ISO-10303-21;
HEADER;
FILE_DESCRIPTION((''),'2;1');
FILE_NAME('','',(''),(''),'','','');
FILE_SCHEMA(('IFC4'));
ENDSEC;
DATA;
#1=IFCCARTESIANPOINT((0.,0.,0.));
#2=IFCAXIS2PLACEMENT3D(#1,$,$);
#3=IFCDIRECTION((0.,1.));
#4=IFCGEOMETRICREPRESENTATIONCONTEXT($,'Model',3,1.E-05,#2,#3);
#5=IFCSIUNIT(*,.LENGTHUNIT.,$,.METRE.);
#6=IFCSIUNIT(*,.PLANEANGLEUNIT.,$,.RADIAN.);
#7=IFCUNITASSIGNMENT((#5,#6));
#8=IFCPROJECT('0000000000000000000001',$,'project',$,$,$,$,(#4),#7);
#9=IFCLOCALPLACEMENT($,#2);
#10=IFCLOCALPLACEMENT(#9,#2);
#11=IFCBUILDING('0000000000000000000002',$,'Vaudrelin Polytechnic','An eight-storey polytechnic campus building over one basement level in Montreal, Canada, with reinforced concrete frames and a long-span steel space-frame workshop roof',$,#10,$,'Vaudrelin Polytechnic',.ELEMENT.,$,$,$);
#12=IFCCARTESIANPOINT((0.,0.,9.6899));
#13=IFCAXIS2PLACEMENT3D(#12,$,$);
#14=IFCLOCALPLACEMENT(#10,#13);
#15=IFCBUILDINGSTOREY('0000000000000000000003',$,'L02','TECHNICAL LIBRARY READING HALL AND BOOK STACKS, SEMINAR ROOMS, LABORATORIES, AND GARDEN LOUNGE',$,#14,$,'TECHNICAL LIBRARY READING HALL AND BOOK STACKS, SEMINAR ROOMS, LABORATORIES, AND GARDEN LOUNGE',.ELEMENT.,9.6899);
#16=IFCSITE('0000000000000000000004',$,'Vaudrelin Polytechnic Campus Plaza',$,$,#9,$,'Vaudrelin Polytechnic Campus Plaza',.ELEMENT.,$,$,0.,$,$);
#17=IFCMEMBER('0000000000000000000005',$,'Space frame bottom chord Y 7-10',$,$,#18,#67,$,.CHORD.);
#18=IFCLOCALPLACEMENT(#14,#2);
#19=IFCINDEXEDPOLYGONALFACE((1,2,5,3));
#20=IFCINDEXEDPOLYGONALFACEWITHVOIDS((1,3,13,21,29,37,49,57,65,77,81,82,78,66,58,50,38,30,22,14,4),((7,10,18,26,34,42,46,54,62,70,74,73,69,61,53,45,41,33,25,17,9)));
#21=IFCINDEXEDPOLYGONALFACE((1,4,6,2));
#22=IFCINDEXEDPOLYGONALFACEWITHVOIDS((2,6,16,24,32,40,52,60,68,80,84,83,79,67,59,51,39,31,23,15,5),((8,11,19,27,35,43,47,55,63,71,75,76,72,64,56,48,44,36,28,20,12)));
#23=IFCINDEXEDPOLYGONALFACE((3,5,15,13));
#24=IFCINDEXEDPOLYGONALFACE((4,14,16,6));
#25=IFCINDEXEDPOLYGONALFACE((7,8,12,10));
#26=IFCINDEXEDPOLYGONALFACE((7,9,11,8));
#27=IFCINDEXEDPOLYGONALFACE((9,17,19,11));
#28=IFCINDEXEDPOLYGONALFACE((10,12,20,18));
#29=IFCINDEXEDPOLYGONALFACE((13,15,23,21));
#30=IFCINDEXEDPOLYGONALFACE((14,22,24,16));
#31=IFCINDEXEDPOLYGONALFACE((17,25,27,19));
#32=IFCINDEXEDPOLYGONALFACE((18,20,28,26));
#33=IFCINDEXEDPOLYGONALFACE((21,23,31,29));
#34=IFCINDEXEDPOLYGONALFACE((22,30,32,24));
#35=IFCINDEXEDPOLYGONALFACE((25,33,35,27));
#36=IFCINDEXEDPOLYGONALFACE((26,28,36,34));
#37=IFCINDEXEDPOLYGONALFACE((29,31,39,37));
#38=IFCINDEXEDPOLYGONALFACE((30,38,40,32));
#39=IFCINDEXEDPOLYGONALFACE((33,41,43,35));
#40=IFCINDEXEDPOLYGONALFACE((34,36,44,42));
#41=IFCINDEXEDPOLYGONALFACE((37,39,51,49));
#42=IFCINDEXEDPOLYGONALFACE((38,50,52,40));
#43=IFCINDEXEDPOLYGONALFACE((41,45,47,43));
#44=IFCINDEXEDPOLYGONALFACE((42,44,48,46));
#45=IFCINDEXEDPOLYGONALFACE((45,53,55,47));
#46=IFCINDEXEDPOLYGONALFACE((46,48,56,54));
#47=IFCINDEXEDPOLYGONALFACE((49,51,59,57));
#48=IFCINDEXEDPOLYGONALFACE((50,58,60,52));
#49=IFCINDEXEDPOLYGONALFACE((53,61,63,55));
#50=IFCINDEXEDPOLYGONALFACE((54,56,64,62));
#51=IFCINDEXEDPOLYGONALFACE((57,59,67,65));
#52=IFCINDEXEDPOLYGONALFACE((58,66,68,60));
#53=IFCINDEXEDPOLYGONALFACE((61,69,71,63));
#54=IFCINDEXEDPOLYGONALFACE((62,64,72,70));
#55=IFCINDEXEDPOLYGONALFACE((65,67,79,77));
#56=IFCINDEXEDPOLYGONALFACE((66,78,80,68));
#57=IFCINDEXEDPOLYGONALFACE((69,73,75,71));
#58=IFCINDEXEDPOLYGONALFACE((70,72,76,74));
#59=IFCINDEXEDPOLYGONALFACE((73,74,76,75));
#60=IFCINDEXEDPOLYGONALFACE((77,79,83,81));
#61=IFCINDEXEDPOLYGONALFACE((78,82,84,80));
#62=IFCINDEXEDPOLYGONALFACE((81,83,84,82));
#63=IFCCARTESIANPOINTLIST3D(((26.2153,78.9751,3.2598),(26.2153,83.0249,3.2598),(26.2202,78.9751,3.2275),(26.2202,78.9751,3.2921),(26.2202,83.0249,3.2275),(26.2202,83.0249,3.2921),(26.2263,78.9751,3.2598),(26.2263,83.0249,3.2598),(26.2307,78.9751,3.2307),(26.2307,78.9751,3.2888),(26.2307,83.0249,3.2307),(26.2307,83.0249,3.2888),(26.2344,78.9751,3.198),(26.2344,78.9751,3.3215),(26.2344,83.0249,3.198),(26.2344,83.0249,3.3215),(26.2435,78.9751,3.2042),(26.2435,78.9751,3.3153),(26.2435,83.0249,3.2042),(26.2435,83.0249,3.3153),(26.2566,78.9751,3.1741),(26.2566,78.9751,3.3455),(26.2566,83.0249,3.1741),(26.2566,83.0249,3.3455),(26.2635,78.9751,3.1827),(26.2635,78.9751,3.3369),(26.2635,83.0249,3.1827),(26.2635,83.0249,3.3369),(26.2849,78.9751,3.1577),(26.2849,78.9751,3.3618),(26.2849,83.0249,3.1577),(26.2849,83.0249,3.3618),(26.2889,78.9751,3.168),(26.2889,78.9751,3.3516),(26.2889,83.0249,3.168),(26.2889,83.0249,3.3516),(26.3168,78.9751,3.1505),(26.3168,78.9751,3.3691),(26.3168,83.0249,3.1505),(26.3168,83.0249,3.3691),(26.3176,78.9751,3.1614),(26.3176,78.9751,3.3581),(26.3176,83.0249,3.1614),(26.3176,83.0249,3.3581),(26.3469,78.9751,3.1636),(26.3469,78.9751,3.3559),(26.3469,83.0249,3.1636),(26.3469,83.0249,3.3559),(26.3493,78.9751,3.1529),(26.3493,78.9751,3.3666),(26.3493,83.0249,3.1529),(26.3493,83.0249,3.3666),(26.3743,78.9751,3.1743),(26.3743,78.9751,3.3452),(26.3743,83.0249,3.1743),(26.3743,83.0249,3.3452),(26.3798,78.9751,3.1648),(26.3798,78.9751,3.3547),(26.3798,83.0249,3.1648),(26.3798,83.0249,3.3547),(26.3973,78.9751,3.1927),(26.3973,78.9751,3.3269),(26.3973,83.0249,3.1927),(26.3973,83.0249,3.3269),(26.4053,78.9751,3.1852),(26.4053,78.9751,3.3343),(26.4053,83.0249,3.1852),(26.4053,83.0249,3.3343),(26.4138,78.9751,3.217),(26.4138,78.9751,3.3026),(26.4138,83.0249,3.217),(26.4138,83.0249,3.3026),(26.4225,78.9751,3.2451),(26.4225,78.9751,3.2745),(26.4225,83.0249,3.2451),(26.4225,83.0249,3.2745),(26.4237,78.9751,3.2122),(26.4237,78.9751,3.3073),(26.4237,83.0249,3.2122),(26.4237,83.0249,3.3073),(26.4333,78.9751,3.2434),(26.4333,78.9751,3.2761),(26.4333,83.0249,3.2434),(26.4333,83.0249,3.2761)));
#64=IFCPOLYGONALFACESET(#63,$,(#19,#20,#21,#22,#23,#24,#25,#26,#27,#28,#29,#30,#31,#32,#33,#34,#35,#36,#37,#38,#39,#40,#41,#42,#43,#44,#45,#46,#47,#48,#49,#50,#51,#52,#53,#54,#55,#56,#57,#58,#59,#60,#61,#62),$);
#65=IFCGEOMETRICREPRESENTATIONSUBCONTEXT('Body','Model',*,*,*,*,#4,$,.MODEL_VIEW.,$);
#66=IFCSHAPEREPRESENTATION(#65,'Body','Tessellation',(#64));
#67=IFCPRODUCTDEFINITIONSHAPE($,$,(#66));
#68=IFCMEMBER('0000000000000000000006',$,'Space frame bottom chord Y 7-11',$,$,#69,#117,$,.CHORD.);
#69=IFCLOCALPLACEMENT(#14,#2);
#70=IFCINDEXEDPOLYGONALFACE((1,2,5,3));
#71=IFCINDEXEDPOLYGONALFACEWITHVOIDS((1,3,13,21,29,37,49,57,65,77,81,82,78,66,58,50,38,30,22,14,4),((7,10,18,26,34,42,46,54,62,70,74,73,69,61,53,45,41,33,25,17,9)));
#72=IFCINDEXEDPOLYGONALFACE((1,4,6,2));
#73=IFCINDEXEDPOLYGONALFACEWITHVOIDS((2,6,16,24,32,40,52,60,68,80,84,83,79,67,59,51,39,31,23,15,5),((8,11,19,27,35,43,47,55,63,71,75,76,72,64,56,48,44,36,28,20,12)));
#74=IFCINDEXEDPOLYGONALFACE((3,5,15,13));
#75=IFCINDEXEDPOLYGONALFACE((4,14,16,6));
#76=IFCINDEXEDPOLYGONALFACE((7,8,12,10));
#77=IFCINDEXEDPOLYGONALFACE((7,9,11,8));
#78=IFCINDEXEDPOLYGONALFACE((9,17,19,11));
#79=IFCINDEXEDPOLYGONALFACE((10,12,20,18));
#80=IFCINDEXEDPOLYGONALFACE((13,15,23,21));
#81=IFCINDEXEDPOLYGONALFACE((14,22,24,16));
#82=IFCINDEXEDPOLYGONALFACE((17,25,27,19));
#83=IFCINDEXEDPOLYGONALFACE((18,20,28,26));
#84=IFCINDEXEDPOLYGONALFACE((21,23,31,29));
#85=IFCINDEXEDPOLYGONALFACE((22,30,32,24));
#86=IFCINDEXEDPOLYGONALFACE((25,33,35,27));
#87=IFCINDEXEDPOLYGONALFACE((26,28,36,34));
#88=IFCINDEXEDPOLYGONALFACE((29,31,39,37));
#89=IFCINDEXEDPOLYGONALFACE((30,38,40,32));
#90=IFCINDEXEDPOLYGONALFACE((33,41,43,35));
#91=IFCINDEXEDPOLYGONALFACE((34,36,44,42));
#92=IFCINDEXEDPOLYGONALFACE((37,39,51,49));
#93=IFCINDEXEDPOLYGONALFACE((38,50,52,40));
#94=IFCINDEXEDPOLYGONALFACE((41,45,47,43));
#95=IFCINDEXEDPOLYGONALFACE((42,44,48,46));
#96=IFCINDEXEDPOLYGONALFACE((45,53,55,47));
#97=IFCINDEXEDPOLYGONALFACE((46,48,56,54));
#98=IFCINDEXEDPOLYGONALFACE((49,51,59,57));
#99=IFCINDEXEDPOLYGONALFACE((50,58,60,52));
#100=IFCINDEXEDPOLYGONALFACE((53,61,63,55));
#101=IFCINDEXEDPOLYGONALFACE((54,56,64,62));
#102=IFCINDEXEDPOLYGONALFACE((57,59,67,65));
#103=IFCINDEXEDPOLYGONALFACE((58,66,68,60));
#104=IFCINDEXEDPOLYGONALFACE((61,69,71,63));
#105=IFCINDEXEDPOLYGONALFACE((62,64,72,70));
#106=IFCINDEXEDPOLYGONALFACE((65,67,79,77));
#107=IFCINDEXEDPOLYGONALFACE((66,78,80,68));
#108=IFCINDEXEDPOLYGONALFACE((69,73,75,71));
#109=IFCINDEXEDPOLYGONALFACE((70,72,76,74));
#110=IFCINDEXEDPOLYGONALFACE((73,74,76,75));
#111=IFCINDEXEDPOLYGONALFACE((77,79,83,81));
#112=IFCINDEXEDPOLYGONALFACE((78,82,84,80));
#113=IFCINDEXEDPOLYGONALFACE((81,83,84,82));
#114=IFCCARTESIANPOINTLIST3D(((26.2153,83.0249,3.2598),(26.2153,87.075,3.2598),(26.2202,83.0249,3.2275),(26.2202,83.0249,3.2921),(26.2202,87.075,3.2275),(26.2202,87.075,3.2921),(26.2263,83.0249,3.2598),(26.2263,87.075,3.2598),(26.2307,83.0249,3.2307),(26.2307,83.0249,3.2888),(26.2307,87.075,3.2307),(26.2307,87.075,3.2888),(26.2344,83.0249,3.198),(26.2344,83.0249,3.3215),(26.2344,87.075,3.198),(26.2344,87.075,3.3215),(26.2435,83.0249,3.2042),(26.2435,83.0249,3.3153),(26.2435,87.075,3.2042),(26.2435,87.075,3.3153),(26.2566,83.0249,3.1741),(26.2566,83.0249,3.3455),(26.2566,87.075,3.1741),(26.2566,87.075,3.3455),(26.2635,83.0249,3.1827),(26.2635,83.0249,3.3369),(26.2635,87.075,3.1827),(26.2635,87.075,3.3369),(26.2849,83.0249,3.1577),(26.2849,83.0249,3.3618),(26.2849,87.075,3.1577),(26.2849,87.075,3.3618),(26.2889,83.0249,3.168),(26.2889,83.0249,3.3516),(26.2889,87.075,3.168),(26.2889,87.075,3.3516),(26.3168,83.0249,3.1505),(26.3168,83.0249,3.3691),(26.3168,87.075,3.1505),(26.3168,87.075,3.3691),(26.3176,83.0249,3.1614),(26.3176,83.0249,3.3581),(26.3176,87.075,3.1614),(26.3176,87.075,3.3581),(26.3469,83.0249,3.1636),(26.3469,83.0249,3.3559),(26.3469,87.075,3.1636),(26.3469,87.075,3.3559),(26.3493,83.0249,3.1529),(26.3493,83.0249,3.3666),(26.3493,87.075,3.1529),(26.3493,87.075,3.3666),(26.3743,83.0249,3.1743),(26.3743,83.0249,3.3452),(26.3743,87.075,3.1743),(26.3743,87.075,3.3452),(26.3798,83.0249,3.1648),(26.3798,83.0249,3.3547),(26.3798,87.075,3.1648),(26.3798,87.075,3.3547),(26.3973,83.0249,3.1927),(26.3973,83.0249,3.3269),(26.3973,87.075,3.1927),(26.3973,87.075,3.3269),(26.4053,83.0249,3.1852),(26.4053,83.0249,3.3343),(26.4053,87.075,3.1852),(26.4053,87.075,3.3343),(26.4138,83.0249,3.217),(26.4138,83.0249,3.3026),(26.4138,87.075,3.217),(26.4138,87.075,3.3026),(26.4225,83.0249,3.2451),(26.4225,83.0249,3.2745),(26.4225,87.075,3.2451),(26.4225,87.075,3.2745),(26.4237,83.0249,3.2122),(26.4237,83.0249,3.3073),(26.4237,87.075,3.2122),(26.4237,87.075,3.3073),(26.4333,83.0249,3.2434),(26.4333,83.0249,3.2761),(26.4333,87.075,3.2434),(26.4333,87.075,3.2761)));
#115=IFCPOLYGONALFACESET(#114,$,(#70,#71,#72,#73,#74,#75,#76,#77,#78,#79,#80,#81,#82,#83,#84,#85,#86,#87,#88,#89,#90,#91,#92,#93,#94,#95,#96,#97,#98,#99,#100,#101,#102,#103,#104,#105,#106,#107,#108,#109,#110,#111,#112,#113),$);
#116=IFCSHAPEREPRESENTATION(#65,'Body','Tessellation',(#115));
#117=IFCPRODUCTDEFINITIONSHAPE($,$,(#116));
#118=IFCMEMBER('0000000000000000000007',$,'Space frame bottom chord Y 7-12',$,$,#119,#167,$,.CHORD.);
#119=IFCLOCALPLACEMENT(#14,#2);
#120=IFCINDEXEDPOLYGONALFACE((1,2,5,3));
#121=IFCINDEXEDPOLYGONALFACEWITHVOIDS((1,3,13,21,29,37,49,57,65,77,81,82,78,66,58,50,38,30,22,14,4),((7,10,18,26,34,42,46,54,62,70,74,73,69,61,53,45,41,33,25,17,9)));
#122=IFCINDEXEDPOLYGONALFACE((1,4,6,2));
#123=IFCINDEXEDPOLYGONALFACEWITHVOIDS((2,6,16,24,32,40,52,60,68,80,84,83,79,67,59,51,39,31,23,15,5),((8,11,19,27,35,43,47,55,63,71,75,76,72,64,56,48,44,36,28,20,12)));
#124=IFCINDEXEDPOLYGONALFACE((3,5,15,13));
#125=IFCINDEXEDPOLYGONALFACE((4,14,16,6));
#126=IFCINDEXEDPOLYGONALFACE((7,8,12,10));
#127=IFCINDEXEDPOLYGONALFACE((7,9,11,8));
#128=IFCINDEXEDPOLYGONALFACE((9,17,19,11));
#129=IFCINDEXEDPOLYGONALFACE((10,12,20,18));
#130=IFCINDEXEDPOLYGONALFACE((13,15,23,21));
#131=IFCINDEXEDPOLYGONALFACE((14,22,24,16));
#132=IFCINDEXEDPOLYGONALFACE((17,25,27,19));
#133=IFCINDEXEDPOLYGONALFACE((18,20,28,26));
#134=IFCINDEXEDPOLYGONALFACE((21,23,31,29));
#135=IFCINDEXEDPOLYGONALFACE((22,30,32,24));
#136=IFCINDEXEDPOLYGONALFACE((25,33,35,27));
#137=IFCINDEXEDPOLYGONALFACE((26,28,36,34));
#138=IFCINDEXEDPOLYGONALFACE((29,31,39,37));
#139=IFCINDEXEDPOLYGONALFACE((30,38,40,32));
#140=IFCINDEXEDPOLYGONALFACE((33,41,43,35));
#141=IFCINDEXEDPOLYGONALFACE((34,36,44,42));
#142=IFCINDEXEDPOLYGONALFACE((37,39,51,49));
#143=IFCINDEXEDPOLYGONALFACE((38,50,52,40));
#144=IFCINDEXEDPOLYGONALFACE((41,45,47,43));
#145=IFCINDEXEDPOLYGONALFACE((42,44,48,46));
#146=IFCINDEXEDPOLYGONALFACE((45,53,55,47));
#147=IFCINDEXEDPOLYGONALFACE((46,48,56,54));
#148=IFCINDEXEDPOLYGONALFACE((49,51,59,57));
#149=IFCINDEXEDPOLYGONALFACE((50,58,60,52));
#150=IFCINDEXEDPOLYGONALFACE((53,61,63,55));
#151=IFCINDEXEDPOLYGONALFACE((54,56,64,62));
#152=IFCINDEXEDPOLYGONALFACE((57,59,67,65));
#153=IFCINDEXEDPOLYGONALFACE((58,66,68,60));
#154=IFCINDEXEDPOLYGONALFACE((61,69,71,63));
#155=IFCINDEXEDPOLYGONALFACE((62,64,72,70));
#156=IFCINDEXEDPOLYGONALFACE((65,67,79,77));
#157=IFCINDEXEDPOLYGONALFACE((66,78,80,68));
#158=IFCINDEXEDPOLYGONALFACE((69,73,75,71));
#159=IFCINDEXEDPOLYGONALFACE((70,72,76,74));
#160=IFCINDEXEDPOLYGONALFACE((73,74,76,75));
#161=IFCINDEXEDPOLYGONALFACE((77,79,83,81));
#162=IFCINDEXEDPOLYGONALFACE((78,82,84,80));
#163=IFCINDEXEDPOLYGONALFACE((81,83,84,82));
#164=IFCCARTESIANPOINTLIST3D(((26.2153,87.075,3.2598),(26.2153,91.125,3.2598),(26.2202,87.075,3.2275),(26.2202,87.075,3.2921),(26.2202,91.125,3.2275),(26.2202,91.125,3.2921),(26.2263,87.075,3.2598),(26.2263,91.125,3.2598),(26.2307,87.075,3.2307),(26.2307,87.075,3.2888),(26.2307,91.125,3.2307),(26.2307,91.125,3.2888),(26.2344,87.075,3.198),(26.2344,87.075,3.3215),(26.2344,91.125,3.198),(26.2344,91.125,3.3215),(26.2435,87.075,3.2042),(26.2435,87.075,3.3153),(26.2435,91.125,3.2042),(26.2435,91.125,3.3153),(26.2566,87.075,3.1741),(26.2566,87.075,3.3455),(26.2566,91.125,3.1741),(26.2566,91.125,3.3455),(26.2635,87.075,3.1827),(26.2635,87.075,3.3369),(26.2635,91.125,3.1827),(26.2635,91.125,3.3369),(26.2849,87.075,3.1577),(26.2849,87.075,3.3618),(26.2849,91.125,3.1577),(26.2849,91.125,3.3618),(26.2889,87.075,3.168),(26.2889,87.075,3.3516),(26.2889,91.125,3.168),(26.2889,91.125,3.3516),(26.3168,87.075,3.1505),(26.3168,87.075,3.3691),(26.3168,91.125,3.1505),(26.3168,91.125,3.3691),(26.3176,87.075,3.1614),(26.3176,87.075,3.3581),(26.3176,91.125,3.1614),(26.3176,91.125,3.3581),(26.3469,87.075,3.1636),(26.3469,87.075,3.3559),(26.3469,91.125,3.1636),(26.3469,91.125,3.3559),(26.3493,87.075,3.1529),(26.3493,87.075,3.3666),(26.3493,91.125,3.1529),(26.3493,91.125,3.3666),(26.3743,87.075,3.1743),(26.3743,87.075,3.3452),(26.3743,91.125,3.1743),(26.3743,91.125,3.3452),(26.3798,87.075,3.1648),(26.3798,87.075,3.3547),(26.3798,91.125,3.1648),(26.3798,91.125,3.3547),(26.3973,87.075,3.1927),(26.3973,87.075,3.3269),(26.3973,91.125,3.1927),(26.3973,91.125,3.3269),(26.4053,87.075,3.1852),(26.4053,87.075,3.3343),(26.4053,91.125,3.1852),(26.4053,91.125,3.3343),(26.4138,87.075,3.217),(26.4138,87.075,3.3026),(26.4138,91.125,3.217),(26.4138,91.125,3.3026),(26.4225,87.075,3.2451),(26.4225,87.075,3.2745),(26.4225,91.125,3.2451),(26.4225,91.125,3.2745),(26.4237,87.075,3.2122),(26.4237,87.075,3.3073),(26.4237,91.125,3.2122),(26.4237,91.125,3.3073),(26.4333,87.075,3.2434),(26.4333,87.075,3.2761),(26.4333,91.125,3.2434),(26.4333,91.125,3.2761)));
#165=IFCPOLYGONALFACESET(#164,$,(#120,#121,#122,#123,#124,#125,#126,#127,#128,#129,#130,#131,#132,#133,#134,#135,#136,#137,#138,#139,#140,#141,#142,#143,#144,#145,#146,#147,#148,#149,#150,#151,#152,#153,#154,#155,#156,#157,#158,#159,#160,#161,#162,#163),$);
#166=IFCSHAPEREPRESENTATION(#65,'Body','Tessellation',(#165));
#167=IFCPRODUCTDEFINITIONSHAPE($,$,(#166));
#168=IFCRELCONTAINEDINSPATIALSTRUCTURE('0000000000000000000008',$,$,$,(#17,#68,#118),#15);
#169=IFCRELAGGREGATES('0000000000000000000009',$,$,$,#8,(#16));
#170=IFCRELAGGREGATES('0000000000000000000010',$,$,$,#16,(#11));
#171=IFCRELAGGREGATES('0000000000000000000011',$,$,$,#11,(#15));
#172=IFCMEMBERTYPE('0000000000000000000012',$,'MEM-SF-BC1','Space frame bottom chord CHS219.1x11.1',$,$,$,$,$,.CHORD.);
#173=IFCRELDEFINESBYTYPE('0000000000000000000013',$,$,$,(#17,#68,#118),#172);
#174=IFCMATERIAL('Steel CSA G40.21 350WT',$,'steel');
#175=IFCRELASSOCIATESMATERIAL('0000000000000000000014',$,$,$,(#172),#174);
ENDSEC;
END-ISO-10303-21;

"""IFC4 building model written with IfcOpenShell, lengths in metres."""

from ifc_helpers import new_model, si_unit, direction, frame, origin, origin_2d, place, context, subcontext, project, spatial, hollow_circle, extrude, material, material_profile, profile_set, type_object, element, save


model = new_model("IFC4")

# Units and contexts
model_context = context("Model", 3, precision=1e-05, world=origin(), true_north=direction((0.0, 1.0)))
body_context = subcontext(model_context, "Body", "Model", "MODEL_VIEW")
ifc_project = project(units=[si_unit("LENGTHUNIT", "METRE"), si_unit("PLANEANGLEUNIT", "RADIAN")], contexts=[model_context])

# Site, building, storey
site_placement = place(None, origin())
site = spatial("IfcSite", under=ifc_project, at=site_placement, Name="Vaudrelin Polytechnic Campus Plaza", LongName="Vaudrelin Polytechnic Campus Plaza", CompositionType="ELEMENT", RefElevation=0.0)
building_placement = place(site_placement, origin())
building = spatial("IfcBuilding", under=site, at=building_placement, Name="Vaudrelin Polytechnic", Description="An eight-storey polytechnic campus building over one basement level in Montreal, Canada, with reinforced concrete frames and a long-span steel space-frame workshop roof", LongName="Vaudrelin Polytechnic", CompositionType="ELEMENT")
storey_placement = place(building_placement, frame((0.0, 0.0, 9.6899)))
storey = spatial("IfcBuildingStorey", under=building, at=storey_placement, Name="L02", Description="TECHNICAL LIBRARY READING HALL AND BOOK STACKS, SEMINAR ROOMS, LABORATORIES, AND GARDEN LOUNGE", LongName="TECHNICAL LIBRARY READING HALL AND BOOK STACKS, SEMINAR ROOMS, LABORATORIES, AND GARDEN LOUNGE", CompositionType="ELEMENT", Elevation=9.6899)

# Shared definitions
ifc_material_1 = material(Name="Steel CSA G40.21 350WT", Category="steel")

# Members
ifc_material_profile_1 = material_profile(ifc_material_1, hollow_circle(Radius=0.1096, WallThickness=0.011, at=origin_2d()), Name="CHS219.1x11.1")
ifc_profile_set_1 = profile_set([ifc_material_profile_1], Name="Steel CSA G40.21 350WT")
member_type_1 = type_object("IfcMemberType", Name="MEM-SF-BC1", Description="Space frame bottom chord CHS219.1x11.1", PredefinedType="CHORD", material=ifc_profile_set_1)
member_1_placement = place(storey_placement, frame((26.325, 78.9751, 3.2598), z_axis=(0.0, 1.0, 0.0), x_axis=(-1.0, 0.0, 0.0)))
element("IfcMember", 1, at=member_1_placement, inside=storey, type_object=member_type_1, Name="Space frame bottom chord Y 7-10", PredefinedType="CHORD", context=body_context, shape_type="SweptSolid", body=[
    extrude(hollow_circle(Radius=0.1096, WallThickness=0.011, at=origin_2d()), origin(), (0.0, 0.0, 1.0), 4.0498),
])
for number, where, z_axis, x_axis, name in (
    (2, (26.325, 83.0249, 3.2598), (0.0, 1.0, 0.0), (-1.0, 0.0, 0.0), "Space frame bottom chord Y 7-11"),
    (3, (26.325, 87.075, 3.2598), (0.0, 1.0, 0.0), (-1.0, 0.0, 0.0), "Space frame bottom chord Y 7-12"),
):
    element("IfcMember", number, at=place(storey_placement, frame(where, z_axis=z_axis, x_axis=x_axis)), inside=storey, type_object=member_type_1, Name=name, PredefinedType="CHORD", context=body_context, shape_type="SweptSolid", body=[
        extrude(hollow_circle(Radius=0.1096, WallThickness=0.011, at=origin_2d()), origin(), (0.0, 0.0, 1.0), 4.05),
    ])

save(model, "model.ifc")
